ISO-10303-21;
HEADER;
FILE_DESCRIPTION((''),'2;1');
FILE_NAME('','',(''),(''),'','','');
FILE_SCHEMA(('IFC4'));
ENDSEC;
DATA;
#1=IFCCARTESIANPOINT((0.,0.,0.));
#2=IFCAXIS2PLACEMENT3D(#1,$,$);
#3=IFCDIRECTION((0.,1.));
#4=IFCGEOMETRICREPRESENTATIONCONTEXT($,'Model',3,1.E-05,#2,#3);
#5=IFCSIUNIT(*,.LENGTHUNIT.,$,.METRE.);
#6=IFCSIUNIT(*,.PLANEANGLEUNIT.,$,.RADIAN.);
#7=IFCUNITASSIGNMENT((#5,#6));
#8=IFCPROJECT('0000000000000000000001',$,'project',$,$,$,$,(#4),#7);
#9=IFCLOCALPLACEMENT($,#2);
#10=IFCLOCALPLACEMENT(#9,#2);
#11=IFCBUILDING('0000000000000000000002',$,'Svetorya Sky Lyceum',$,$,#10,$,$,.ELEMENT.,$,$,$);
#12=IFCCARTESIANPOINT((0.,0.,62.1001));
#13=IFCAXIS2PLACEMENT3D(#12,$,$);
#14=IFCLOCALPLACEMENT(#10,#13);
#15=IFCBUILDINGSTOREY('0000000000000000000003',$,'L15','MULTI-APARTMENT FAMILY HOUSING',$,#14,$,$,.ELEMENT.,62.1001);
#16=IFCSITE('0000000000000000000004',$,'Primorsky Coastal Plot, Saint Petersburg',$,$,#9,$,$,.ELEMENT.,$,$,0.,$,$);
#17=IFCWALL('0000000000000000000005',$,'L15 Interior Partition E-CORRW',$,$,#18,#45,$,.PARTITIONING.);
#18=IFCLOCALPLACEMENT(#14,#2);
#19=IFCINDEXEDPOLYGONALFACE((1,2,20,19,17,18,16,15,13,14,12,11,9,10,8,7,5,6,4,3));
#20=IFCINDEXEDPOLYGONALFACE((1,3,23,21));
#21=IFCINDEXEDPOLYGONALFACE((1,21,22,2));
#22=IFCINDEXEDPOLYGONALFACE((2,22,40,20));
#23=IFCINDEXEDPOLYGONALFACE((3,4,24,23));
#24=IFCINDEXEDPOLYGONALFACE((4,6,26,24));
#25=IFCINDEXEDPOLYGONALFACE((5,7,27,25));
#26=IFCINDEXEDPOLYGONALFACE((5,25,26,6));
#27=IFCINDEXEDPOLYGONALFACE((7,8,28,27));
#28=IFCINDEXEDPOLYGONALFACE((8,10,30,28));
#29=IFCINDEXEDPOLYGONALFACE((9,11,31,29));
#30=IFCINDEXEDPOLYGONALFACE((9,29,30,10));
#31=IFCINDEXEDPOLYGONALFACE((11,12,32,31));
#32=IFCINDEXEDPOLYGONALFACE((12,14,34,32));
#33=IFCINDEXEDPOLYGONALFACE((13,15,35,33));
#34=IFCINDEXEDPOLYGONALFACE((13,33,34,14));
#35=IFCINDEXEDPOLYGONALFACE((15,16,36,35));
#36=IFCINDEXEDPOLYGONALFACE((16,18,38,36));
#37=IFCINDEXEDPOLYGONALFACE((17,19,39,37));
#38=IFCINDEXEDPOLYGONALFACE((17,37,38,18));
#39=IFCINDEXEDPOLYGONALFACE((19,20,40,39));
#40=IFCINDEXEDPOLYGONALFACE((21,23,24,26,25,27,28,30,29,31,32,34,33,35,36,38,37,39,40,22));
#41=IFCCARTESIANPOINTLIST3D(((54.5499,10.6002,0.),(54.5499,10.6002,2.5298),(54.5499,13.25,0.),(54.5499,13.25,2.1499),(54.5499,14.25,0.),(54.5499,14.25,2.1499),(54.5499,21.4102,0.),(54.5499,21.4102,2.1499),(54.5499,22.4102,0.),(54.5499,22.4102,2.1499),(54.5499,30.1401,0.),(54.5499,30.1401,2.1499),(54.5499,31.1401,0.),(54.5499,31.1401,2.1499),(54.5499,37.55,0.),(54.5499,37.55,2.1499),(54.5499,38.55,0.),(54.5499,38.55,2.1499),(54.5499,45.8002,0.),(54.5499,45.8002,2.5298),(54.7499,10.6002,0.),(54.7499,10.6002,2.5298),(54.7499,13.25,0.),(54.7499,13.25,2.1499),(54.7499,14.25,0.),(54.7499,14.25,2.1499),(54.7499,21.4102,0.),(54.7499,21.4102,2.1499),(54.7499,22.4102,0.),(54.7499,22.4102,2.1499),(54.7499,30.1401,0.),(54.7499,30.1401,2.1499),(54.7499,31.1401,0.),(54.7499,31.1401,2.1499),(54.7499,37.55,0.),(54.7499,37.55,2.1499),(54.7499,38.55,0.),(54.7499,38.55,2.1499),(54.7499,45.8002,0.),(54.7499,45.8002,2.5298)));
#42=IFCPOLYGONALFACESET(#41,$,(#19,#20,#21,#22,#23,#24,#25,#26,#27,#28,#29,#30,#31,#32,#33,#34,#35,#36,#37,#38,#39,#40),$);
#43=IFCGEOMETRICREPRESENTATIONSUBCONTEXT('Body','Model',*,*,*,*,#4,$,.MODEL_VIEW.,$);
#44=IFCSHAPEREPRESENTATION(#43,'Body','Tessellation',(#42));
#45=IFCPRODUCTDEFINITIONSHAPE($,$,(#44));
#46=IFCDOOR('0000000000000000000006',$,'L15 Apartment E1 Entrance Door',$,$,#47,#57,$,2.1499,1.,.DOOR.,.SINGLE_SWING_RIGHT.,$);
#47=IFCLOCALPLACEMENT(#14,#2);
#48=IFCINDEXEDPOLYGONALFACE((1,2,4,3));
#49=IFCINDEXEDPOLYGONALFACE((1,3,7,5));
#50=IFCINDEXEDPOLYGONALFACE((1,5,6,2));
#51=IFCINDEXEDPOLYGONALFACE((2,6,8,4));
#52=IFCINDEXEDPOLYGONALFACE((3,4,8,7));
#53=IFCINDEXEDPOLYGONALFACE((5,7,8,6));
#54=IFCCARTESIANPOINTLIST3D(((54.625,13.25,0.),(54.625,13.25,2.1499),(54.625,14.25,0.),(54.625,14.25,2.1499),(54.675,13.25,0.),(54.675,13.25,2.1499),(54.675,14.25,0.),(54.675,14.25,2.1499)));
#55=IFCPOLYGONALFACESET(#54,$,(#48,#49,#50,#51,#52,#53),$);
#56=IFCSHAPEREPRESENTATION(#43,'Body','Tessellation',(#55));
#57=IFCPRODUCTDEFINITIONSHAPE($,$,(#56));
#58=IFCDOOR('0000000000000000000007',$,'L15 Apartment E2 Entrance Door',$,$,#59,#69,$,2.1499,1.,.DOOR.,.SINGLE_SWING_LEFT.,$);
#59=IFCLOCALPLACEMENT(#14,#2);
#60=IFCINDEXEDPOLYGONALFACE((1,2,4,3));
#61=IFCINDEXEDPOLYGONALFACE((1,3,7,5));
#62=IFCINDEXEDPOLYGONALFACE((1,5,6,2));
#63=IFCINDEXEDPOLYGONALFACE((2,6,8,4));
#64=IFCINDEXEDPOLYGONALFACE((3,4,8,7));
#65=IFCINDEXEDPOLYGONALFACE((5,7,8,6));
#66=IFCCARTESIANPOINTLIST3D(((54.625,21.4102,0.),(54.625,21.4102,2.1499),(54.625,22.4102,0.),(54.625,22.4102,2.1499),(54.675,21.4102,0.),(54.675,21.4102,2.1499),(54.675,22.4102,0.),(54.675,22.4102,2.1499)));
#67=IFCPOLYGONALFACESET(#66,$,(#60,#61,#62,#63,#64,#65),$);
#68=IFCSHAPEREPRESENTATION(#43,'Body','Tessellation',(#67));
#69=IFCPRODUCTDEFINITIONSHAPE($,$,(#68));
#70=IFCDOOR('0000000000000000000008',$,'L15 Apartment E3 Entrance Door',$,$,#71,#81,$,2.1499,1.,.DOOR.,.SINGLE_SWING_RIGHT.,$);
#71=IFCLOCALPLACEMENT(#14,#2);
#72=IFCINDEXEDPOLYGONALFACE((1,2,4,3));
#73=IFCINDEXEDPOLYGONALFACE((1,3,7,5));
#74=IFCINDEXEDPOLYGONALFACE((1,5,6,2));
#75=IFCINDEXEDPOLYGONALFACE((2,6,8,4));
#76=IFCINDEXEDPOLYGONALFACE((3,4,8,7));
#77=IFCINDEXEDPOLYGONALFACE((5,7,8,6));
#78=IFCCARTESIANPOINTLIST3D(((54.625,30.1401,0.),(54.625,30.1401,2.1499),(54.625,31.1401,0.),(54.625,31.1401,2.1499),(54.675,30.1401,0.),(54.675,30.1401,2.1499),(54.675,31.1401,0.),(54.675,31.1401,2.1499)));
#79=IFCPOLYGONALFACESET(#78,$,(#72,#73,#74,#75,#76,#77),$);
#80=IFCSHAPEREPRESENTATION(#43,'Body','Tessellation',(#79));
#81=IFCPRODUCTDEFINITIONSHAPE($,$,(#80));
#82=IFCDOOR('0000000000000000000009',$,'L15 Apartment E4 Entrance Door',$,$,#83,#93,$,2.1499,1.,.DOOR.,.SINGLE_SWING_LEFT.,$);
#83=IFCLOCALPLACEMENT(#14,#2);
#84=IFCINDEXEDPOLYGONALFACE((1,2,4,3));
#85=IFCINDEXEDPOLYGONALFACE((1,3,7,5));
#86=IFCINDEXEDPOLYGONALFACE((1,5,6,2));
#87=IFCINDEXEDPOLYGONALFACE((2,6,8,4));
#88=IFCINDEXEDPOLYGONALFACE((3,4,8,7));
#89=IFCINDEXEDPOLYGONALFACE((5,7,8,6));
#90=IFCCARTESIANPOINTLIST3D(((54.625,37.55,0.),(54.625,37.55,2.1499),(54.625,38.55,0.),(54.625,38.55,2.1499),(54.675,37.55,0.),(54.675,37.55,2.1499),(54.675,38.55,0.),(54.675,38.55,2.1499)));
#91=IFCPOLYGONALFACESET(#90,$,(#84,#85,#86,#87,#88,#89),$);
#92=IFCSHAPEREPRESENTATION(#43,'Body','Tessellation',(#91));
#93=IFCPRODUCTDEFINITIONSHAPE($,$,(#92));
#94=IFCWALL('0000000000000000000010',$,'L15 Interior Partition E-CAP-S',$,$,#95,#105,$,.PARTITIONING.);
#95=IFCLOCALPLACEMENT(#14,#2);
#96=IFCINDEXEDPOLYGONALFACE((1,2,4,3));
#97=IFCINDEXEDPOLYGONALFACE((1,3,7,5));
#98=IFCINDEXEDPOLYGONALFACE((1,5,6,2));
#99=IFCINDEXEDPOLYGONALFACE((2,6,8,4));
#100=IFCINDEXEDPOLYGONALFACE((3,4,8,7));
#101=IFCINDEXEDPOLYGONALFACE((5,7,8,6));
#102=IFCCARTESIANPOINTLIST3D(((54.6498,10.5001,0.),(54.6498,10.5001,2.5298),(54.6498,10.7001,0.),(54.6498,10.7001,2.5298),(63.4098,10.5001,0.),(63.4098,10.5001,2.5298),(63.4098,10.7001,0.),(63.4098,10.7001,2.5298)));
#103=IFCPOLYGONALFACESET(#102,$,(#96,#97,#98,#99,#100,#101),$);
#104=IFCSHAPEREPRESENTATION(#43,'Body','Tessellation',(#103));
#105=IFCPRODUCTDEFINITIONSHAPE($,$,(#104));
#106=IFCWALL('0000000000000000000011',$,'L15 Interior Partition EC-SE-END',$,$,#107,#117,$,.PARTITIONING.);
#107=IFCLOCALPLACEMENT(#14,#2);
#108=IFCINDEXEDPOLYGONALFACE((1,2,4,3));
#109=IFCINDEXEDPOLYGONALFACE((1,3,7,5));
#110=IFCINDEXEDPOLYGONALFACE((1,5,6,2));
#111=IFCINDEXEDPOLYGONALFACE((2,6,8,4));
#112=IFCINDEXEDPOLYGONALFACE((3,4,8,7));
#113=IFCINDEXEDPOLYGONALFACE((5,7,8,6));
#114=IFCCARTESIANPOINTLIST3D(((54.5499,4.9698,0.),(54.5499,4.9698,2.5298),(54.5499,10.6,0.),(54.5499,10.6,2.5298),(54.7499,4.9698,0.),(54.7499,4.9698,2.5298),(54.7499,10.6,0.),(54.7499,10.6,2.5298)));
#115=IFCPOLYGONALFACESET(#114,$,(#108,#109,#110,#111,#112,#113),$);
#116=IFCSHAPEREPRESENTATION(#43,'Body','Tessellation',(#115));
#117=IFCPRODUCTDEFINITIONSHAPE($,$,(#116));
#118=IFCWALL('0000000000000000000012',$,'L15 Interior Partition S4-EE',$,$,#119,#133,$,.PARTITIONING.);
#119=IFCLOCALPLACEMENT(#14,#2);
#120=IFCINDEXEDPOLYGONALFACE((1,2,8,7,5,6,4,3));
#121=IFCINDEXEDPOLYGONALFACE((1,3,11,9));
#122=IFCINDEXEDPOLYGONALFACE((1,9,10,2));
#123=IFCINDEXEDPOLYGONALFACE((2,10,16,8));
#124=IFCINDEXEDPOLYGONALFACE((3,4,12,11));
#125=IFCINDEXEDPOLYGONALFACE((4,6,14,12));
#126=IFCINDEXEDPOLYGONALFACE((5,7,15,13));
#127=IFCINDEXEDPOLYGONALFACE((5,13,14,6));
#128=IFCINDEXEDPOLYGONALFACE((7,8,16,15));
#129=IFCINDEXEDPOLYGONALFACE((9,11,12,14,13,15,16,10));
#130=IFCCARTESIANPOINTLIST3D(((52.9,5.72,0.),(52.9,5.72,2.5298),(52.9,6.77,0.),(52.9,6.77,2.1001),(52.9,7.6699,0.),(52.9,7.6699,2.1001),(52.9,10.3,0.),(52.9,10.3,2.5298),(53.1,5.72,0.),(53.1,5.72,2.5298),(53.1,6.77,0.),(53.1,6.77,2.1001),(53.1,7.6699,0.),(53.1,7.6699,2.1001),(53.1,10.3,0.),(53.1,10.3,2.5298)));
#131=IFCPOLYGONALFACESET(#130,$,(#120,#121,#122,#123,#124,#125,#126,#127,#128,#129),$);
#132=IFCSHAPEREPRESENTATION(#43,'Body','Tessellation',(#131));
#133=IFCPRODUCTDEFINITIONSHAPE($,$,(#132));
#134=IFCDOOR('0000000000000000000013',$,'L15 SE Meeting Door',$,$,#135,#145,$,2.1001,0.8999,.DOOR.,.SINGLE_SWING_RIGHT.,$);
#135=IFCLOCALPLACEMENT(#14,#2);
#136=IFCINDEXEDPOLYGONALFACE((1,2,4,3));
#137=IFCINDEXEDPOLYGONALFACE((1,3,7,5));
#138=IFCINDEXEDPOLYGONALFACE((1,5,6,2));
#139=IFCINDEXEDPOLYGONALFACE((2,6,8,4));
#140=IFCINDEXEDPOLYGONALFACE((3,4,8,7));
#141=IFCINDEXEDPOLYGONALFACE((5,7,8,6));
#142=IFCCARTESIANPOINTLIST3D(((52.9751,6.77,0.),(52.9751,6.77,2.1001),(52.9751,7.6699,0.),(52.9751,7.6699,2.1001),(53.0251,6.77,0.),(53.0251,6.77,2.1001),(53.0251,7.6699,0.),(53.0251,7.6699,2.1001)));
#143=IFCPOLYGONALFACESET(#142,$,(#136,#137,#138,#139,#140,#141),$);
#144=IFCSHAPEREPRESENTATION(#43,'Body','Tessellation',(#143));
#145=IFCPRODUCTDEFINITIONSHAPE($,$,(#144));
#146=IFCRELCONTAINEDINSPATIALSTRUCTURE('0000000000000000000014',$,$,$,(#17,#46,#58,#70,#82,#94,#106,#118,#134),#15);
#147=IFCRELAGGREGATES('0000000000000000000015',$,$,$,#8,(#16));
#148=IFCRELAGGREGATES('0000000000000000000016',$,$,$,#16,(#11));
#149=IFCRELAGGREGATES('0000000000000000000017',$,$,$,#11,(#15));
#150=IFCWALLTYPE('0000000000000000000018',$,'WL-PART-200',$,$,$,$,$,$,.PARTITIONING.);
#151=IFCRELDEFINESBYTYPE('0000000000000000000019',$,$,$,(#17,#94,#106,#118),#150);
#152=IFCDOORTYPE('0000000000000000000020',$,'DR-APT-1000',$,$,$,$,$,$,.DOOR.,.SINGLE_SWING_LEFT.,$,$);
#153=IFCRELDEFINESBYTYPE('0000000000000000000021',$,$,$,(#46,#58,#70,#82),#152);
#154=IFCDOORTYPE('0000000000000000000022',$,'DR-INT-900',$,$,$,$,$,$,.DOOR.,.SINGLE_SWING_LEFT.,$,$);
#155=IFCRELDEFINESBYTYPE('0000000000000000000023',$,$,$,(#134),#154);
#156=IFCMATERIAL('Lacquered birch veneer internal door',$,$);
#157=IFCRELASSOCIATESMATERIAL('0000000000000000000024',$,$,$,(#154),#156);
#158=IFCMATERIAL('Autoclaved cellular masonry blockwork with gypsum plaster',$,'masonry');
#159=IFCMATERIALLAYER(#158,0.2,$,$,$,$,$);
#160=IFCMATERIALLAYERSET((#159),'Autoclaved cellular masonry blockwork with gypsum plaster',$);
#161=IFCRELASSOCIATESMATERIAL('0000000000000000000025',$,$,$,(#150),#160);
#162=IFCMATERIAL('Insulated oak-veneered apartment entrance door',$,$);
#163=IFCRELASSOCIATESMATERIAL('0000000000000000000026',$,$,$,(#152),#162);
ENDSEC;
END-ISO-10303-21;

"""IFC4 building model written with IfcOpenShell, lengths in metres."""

from ifc_helpers import new_model, si_unit, direction, frame, frame_2d, origin, place, context, subcontext, project, spatial, rectangle, extrude, material, layer, layer_set, type_object, element, fill, save


model = new_model("IFC4")

# Units and contexts
model_context = context("Model", 3, precision=1e-05, world=origin(), true_north=direction((0.0, 1.0)))
body_context = subcontext(model_context, "Body", "Model", "MODEL_VIEW")
ifc_project = project(units=[si_unit("LENGTHUNIT", "METRE"), si_unit("PLANEANGLEUNIT", "RADIAN")], contexts=[model_context])

# Site, building, storey
site_placement = place(None, origin())
site = spatial("IfcSite", under=ifc_project, at=site_placement, Name="Primorsky Coastal Plot, Saint Petersburg", CompositionType="ELEMENT", RefElevation=0.0)
building_placement = place(site_placement, origin())
building = spatial("IfcBuilding", under=site, at=building_placement, Name="Svetorya Sky Lyceum", CompositionType="ELEMENT")
storey_placement = place(building_placement, frame((0.0, 0.0, 62.1001)))
storey = spatial("IfcBuildingStorey", under=building, at=storey_placement, Name="L15", Description="MULTI-APARTMENT FAMILY HOUSING", CompositionType="ELEMENT", Elevation=62.1001)

# Shared definitions
ifc_material_1 = material(Name="Lacquered birch veneer internal door")
door_type_1 = type_object("IfcDoorType", Name="DR-INT-900", OperationType="SINGLE_SWING_LEFT", PredefinedType="DOOR", material=ifc_material_1)

# Wall, openings, doors
ifc_material_2 = material(Name="Autoclaved cellular masonry blockwork with gypsum plaster", Category="masonry")
ifc_layer_1 = layer(ifc_material_2, 0.2)
ifc_layer_set_1 = layer_set([ifc_layer_1], Name="Autoclaved cellular masonry blockwork with gypsum plaster")
wall_type_1 = type_object("IfcWallType", Name="WL-PART-200", PredefinedType="PARTITIONING", material=ifc_layer_set_1)
wall_1_placement = place(storey_placement, frame((54.6499, 10.6001, 0.0), z_axis=(0.0, 0.0, 1.0), x_axis=(0.0, 1.0, 0.0)))
wall_1 = element("IfcWall", 1, at=wall_1_placement, inside=storey, type_object=wall_type_1, Name="L15 Interior Partition E-CORRW", PredefinedType="PARTITIONING", context=body_context, shape_type="SweptSolid", body=[
    extrude(rectangle(XDim=35.2, YDim=0.2, at=frame_2d((17.6001, 0.0))), origin(), (0.0, 0.0, 1.0), 2.5298),
])
opening_1_placement = place(wall_1_placement, frame((2.6499, 0.0, 0.0)))
opening_1 = element("IfcOpeningElement", 2, at=opening_1_placement, cuts=wall_1, PredefinedType="OPENING", context=body_context, shape_type="SweptSolid", body=[
    extrude(rectangle(XDim=1.0, YDim=2.1499, at=frame_2d((0.5, 1.075))), frame((0.0, 0.1099, 0.0), z_axis=(0.0, -1.0, 0.0), x_axis=(1.0, 0.0, 0.0)), (0.0, 0.0, 1.0), 0.22),
])
opening_2_placement = place(wall_1_placement, frame((10.8101, 0.0, 0.0)))
opening_2 = element("IfcOpeningElement", 3, at=opening_2_placement, cuts=wall_1, PredefinedType="OPENING", context=body_context, shape_type="SweptSolid", body=[
    extrude(rectangle(XDim=1.0, YDim=2.1499, at=frame_2d((0.5, 1.075))), frame((0.0, 0.1099, 0.0), z_axis=(0.0, -1.0, 0.0), x_axis=(1.0, 0.0, 0.0)), (0.0, 0.0, 1.0), 0.22),
])
opening_3_placement = place(wall_1_placement, frame((19.54, 0.0, 0.0)))
opening_3 = element("IfcOpeningElement", 4, at=opening_3_placement, cuts=wall_1, PredefinedType="OPENING", context=body_context, shape_type="SweptSolid", body=[
    extrude(rectangle(XDim=1.0, YDim=2.1499, at=frame_2d((0.5, 1.075))), frame((0.0, 0.1099, 0.0), z_axis=(0.0, -1.0, 0.0), x_axis=(1.0, 0.0, 0.0)), (0.0, 0.0, 1.0), 0.22),
])
opening_4_placement = place(wall_1_placement, frame((26.95, 0.0, 0.0)))
opening_4 = element("IfcOpeningElement", 5, at=opening_4_placement, cuts=wall_1, PredefinedType="OPENING", context=body_context, shape_type="SweptSolid", body=[
    extrude(rectangle(XDim=1.0, YDim=2.1499, at=frame_2d((0.5, 1.075))), frame((0.0, 0.1099, 0.0), z_axis=(0.0, -1.0, 0.0), x_axis=(1.0, 0.0, 0.0)), (0.0, 0.0, 1.0), 0.22),
])
ifc_material_3 = material(Name="Insulated oak-veneered apartment entrance door")
door_type_2 = type_object("IfcDoorType", Name="DR-APT-1000", OperationType="SINGLE_SWING_LEFT", PredefinedType="DOOR", material=ifc_material_3)
door_1_placement = place(opening_1_placement, origin())
door_1 = element("IfcDoor", 6, at=door_1_placement, inside=storey, type_object=door_type_2, Name="L15 Apartment E1 Entrance Door", OperationType="SINGLE_SWING_RIGHT", OverallHeight=2.1499, OverallWidth=1.0, PredefinedType="DOOR", context=body_context, shape_type="SweptSolid", body=[
    extrude(rectangle(XDim=1.0, YDim=2.1499, at=frame_2d((0.5, 1.075))), frame((0.0, 0.0249, 0.0), z_axis=(0.0, -1.0, 0.0), x_axis=(1.0, 0.0, 0.0)), (0.0, 0.0, 1.0), 0.05),
])
fill(opening_1, door_1)
door_2_placement = place(opening_2_placement, origin())
door_2 = element("IfcDoor", 7, at=door_2_placement, inside=storey, type_object=door_type_2, Name="L15 Apartment E2 Entrance Door", OperationType="SINGLE_SWING_LEFT", OverallHeight=2.1499, OverallWidth=1.0, PredefinedType="DOOR", context=body_context, shape_type="SweptSolid", body=[
    extrude(rectangle(XDim=1.0, YDim=2.1499, at=frame_2d((0.5, 1.075))), frame((0.0, 0.0249, 0.0), z_axis=(0.0, -1.0, 0.0), x_axis=(1.0, 0.0, 0.0)), (0.0, 0.0, 1.0), 0.05),
])
fill(opening_2, door_2)
door_3_placement = place(opening_3_placement, origin())
door_3 = element("IfcDoor", 8, at=door_3_placement, inside=storey, type_object=door_type_2, Name="L15 Apartment E3 Entrance Door", OperationType="SINGLE_SWING_RIGHT", OverallHeight=2.1499, OverallWidth=1.0, PredefinedType="DOOR", context=body_context, shape_type="SweptSolid", body=[
    extrude(rectangle(XDim=1.0, YDim=2.1499, at=frame_2d((0.5, 1.075))), frame((0.0, 0.0249, 0.0), z_axis=(0.0, -1.0, 0.0), x_axis=(1.0, 0.0, 0.0)), (0.0, 0.0, 1.0), 0.05),
])
fill(opening_3, door_3)
door_4_placement = place(opening_4_placement, origin())
door_4 = element("IfcDoor", 9, at=door_4_placement, inside=storey, type_object=door_type_2, Name="L15 Apartment E4 Entrance Door", OperationType="SINGLE_SWING_LEFT", OverallHeight=2.1499, OverallWidth=1.0, PredefinedType="DOOR", context=body_context, shape_type="SweptSolid", body=[
    extrude(rectangle(XDim=1.0, YDim=2.1499, at=frame_2d((0.5, 1.075))), frame((0.0, 0.0249, 0.0), z_axis=(0.0, -1.0, 0.0), x_axis=(1.0, 0.0, 0.0)), (0.0, 0.0, 1.0), 0.05),
])
fill(opening_4, door_4)

# Walls
wall_2_placement = place(storey_placement, frame((54.6499, 10.6001, 0.0), z_axis=(0.0, 0.0, 1.0), x_axis=(1.0, 0.0, 0.0)))
element("IfcWall", 10, at=wall_2_placement, inside=storey, type_object=wall_type_1, Name="L15 Interior Partition E-CAP-S", PredefinedType="PARTITIONING", context=body_context, shape_type="SweptSolid", body=[
    extrude(rectangle(XDim=8.76, YDim=0.2, at=frame_2d((4.3799, 0.0))), origin(), (0.0, 0.0, 1.0), 2.5298),
])
wall_3_placement = place(storey_placement, frame((54.6499, 4.97, 0.0), z_axis=(0.0, 0.0, 1.0), x_axis=(0.0, 1.0, 0.0)))
element("IfcWall", 11, at=wall_3_placement, inside=storey, type_object=wall_type_1, Name="L15 Interior Partition EC-SE-END", PredefinedType="PARTITIONING", context=body_context, shape_type="SweptSolid", body=[
    extrude(rectangle(XDim=5.6301, YDim=0.2, at=frame_2d((2.8149, 0.0))), origin(), (0.0, 0.0, 1.0), 2.5298),
])

# Wall, opening, door
wall_4_placement = place(storey_placement, frame((53.0, 5.72, 0.0), z_axis=(0.0, 0.0, 1.0), x_axis=(0.0, 1.0, 0.0)))
wall_4 = element("IfcWall", 12, at=wall_4_placement, inside=storey, type_object=wall_type_1, Name="L15 Interior Partition S4-EE", PredefinedType="PARTITIONING", context=body_context, shape_type="SweptSolid", body=[
    extrude(rectangle(XDim=4.5801, YDim=0.2, at=frame_2d((2.29, 0.0))), origin(), (0.0, 0.0, 1.0), 2.5298),
])
opening_5_placement = place(wall_4_placement, frame((1.05, 0.0, 0.0)))
opening_5 = element("IfcOpeningElement", 13, at=opening_5_placement, cuts=wall_4, PredefinedType="OPENING", context=body_context, shape_type="SweptSolid", body=[
    extrude(rectangle(XDim=0.8999, YDim=2.1001, at=frame_2d((0.45, 1.05))), frame((0.0, 0.1099, 0.0), z_axis=(0.0, -1.0, 0.0), x_axis=(1.0, 0.0, 0.0)), (0.0, 0.0, 1.0), 0.22),
])
door_5_placement = place(opening_5_placement, origin())
door_5 = element("IfcDoor", 14, at=door_5_placement, inside=storey, type_object=door_type_1, Name="L15 SE Meeting Door", OperationType="SINGLE_SWING_RIGHT", OverallHeight=2.1001, OverallWidth=0.8999, PredefinedType="DOOR", context=body_context, shape_type="SweptSolid", body=[
    extrude(rectangle(XDim=0.8999, YDim=2.1001, at=frame_2d((0.45, 1.05))), frame((0.0, 0.0249, 0.0), z_axis=(0.0, -1.0, 0.0), x_axis=(1.0, 0.0, 0.0)), (0.0, 0.0, 1.0), 0.05),
])
fill(opening_5, door_5)

save(model, "model.ifc")
